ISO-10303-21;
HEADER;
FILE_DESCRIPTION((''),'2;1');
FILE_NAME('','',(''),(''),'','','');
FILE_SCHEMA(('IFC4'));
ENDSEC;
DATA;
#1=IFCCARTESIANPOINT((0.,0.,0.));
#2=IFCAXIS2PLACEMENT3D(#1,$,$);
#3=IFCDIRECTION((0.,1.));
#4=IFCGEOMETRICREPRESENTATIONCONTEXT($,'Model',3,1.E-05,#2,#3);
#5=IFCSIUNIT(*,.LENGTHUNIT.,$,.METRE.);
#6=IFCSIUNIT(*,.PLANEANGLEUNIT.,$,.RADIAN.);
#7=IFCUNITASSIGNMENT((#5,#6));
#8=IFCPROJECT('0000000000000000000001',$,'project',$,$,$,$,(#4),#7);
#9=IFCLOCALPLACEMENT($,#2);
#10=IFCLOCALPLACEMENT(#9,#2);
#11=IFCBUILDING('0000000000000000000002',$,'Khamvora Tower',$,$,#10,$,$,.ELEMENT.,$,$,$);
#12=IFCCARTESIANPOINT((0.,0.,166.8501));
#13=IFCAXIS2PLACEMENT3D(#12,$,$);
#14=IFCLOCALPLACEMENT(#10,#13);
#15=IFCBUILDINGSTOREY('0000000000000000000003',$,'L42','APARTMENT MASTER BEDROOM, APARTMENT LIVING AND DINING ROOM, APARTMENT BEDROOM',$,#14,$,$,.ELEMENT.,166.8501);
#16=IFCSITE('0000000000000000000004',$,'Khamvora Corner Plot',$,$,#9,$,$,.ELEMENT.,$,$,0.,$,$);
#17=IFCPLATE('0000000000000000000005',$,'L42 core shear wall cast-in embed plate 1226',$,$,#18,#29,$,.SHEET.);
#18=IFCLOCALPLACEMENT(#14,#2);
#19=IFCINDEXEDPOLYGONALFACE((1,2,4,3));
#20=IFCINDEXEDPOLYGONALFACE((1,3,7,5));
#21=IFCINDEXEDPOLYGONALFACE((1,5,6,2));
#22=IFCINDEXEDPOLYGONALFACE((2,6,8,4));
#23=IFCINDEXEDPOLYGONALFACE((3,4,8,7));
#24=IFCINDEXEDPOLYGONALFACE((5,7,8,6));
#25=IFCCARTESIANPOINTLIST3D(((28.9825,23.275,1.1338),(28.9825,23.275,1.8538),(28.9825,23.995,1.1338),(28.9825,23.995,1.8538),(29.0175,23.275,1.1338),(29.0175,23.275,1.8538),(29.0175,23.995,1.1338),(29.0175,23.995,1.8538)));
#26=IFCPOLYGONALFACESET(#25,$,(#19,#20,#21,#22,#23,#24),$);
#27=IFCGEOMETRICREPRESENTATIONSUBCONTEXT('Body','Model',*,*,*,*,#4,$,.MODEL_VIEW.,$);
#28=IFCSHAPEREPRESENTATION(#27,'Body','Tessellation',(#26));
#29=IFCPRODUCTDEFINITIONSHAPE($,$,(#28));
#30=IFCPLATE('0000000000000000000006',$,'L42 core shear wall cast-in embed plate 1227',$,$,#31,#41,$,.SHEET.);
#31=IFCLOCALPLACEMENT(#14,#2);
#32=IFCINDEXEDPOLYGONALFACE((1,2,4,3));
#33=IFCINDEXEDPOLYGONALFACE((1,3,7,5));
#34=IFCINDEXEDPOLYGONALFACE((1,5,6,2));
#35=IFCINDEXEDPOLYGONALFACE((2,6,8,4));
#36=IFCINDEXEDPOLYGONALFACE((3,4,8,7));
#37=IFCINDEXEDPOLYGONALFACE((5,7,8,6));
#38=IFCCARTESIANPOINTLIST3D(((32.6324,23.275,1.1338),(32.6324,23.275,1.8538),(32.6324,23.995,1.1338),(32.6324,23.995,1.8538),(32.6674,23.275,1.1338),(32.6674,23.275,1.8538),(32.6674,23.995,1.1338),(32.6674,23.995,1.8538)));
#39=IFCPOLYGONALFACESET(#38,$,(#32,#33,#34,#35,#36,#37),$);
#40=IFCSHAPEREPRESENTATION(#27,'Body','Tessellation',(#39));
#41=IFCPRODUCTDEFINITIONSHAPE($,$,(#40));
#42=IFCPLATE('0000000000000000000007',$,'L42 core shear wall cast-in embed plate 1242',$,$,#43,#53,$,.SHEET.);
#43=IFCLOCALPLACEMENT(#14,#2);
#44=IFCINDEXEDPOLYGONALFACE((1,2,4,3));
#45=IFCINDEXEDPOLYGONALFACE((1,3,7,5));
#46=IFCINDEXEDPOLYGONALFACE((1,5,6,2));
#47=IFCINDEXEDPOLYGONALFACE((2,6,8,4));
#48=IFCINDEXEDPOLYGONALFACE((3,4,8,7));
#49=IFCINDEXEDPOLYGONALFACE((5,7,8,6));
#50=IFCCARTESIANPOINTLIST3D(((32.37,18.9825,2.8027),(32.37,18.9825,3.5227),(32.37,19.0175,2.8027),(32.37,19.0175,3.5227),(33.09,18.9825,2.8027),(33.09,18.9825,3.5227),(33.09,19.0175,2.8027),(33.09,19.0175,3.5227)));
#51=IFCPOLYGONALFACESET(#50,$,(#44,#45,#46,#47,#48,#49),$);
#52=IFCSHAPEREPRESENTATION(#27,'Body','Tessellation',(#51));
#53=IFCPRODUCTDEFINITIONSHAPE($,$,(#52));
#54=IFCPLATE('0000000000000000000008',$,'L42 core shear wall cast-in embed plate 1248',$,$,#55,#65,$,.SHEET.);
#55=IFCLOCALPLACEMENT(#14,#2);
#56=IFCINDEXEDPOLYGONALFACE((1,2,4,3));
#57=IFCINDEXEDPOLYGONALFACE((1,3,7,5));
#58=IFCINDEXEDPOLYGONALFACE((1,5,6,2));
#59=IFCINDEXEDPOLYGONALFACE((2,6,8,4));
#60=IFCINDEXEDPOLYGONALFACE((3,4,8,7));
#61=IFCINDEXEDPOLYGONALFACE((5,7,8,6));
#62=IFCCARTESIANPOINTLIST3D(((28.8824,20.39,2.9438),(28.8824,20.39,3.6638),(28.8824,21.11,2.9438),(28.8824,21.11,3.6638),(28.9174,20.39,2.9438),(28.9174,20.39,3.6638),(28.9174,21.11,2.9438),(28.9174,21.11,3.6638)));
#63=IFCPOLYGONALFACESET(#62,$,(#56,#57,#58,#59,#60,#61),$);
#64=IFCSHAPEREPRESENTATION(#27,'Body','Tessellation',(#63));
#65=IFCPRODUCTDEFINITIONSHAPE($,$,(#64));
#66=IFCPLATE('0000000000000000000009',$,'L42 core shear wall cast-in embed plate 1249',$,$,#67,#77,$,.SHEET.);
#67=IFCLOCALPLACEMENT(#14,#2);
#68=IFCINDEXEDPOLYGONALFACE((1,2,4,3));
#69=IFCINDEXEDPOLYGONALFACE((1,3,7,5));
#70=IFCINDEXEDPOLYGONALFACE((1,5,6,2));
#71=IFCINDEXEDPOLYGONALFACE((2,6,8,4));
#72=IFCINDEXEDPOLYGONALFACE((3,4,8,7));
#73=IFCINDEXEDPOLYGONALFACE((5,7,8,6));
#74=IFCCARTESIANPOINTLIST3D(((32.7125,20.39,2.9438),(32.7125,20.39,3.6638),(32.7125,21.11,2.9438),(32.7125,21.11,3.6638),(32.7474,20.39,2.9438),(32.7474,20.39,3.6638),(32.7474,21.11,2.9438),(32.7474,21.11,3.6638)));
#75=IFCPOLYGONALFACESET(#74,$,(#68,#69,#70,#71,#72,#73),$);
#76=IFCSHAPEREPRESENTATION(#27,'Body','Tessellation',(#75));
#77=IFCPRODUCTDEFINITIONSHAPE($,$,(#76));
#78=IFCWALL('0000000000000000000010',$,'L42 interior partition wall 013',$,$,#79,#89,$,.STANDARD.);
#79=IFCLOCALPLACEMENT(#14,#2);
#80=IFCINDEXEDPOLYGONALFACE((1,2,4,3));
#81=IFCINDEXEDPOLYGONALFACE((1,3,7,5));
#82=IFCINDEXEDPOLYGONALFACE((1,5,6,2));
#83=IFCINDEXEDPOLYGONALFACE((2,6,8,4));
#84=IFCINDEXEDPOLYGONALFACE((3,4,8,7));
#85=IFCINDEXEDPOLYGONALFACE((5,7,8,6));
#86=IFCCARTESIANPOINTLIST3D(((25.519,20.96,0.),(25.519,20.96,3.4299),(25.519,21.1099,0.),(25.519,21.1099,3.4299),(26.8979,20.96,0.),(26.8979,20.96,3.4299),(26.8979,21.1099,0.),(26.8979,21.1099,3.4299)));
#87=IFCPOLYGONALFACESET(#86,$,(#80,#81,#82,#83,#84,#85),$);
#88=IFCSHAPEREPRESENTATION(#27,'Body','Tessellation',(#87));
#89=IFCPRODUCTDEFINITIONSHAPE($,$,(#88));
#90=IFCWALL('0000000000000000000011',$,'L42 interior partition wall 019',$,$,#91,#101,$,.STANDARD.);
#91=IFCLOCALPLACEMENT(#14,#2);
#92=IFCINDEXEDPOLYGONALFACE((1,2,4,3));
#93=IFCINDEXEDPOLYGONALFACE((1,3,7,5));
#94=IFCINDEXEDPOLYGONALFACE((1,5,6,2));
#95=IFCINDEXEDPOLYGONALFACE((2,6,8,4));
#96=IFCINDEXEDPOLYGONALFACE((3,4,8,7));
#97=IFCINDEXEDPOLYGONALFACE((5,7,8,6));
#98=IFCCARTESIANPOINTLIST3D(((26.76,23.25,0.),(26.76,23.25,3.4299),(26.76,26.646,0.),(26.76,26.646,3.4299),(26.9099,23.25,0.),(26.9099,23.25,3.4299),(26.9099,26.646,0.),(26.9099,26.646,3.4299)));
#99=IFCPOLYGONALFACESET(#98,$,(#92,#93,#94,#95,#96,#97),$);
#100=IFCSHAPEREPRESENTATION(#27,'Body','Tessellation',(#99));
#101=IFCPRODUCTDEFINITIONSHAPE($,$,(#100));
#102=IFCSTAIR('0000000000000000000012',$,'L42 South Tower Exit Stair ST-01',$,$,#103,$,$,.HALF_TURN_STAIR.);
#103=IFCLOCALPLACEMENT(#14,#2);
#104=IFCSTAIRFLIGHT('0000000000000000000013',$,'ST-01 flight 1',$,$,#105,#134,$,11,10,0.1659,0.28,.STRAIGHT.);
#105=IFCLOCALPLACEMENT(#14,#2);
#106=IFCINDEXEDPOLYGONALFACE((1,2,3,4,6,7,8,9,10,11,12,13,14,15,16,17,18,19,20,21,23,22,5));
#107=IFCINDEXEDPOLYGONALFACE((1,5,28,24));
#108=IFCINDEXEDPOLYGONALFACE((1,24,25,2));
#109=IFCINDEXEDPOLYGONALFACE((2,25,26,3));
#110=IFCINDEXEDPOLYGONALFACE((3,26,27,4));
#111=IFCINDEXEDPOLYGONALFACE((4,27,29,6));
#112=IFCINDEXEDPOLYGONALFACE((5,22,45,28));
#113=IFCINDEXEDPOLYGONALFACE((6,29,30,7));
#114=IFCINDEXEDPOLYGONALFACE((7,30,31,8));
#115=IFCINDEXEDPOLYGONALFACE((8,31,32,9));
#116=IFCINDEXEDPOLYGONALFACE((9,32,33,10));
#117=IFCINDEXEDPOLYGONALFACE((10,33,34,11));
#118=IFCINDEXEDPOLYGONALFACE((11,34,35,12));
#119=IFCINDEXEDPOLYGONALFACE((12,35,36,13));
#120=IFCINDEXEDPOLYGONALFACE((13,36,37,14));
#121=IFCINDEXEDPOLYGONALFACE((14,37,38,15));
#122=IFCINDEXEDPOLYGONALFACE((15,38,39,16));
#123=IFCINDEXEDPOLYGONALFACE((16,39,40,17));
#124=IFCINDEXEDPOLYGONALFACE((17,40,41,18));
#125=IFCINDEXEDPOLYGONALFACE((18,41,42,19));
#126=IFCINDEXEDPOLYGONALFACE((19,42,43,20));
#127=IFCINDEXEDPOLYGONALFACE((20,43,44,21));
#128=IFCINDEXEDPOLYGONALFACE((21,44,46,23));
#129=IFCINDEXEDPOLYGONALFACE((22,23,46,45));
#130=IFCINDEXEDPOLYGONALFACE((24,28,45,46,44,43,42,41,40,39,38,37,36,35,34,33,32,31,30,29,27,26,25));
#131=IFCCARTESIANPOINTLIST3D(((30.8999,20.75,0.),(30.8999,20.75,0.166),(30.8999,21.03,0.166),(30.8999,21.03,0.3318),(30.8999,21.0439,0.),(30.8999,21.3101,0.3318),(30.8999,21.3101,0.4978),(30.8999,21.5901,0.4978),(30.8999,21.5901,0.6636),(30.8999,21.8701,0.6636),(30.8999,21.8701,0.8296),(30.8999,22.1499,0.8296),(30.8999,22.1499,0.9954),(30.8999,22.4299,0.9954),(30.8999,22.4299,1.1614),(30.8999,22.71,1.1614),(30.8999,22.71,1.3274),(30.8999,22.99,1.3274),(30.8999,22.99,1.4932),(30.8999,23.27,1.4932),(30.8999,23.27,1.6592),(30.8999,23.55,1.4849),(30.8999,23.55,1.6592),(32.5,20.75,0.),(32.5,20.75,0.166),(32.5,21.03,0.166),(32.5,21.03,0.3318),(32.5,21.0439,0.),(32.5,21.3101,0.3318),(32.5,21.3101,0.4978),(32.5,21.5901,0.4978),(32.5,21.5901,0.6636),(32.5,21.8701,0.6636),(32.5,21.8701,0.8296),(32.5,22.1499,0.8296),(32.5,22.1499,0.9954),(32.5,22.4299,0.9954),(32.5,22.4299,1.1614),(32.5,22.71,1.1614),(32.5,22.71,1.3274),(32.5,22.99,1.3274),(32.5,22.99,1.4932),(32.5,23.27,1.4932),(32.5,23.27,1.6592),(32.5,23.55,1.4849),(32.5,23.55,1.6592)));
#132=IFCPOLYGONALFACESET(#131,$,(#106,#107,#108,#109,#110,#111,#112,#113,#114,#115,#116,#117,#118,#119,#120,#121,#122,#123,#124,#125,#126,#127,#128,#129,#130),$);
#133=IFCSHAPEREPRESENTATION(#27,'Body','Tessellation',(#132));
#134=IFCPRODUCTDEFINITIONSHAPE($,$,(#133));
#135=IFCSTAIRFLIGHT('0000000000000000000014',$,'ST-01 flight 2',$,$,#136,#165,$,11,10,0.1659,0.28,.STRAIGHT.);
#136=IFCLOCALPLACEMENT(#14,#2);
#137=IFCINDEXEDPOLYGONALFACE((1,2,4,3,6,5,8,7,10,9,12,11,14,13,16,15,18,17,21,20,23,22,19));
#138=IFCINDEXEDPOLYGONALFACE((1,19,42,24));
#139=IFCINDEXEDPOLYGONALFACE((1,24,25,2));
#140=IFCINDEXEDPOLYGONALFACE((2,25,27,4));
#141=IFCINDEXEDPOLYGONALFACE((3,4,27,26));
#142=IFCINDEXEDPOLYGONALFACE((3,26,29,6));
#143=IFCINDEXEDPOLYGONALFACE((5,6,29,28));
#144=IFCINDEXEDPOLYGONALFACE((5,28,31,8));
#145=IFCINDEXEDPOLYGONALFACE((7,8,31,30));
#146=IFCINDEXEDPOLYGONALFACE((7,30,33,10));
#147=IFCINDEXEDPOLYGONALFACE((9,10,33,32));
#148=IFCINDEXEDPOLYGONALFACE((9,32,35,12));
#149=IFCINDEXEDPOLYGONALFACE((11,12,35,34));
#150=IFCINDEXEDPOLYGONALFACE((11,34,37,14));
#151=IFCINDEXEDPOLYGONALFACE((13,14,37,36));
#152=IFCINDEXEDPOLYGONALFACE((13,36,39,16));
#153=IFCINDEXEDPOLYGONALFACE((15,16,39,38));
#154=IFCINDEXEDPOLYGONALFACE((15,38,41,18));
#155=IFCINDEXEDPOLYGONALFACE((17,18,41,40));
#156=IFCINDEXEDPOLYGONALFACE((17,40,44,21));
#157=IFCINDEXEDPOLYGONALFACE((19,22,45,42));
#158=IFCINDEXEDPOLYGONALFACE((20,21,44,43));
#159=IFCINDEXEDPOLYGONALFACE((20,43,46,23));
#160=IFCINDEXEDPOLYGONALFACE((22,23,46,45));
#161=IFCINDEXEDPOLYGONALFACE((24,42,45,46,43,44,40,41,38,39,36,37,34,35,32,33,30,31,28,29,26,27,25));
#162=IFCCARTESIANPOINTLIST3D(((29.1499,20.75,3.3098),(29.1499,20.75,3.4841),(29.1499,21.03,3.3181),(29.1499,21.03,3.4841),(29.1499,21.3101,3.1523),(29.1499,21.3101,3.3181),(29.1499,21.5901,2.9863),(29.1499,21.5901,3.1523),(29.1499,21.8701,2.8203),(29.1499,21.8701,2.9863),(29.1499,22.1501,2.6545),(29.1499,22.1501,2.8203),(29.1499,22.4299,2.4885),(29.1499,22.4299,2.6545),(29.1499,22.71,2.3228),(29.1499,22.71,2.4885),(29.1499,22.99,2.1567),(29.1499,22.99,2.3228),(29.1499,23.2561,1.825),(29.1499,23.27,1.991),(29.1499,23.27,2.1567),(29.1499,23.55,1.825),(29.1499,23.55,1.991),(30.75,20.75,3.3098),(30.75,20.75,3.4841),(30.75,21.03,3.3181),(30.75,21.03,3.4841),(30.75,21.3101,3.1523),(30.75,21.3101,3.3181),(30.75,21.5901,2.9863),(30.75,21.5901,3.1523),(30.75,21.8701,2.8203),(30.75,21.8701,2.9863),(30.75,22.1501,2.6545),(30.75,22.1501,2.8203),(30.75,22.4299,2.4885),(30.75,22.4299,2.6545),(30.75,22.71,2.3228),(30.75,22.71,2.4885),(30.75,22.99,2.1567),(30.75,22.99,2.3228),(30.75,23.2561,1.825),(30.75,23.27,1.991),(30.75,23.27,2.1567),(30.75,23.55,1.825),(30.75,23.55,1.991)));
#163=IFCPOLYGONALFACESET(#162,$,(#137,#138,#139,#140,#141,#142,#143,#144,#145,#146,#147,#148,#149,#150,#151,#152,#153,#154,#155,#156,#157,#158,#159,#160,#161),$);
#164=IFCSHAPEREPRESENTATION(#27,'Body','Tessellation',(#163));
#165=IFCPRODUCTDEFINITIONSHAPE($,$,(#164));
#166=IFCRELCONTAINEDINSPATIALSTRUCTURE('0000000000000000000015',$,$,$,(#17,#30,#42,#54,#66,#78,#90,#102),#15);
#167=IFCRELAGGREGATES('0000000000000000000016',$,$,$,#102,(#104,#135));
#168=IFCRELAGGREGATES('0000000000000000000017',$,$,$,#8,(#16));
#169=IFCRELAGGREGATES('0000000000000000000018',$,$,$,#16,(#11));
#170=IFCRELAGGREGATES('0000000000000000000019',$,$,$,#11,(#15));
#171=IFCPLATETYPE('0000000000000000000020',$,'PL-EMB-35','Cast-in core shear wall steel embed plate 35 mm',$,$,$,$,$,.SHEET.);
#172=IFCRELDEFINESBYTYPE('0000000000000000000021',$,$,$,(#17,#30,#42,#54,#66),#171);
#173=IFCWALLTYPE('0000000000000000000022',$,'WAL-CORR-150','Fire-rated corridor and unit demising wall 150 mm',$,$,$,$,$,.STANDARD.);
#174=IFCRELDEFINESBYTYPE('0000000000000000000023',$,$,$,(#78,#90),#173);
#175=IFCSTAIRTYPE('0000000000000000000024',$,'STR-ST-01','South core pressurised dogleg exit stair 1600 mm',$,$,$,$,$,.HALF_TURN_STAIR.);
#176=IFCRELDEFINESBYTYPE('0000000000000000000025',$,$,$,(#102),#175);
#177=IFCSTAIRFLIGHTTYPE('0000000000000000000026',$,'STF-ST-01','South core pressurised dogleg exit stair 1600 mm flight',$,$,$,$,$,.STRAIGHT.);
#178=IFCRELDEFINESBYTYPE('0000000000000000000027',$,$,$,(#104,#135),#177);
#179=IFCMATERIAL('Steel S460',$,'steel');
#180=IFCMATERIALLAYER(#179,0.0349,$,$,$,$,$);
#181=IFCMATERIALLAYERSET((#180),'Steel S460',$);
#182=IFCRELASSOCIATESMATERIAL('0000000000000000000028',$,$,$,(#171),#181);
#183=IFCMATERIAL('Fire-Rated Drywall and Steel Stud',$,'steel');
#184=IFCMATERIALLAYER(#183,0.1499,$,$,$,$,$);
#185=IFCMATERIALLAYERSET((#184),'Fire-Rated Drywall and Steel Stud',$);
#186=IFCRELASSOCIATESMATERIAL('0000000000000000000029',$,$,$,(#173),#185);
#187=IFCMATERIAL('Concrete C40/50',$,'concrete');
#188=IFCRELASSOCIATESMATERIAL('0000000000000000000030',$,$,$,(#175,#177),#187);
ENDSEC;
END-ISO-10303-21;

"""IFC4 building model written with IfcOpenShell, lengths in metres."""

from ifc_helpers import new_model, si_unit, direction, frame, frame_2d, origin, origin_2d, place, context, subcontext, project, spatial, polyline, rectangle, outline, extrude, material, layer, layer_set, type_object, element, aggregate, save


model = new_model("IFC4")

# Units and contexts
model_context = context("Model", 3, precision=1e-05, world=origin(), true_north=direction((0.0, 1.0)))
body_context = subcontext(model_context, "Body", "Model", "MODEL_VIEW")
ifc_project = project(units=[si_unit("LENGTHUNIT", "METRE"), si_unit("PLANEANGLEUNIT", "RADIAN")], contexts=[model_context])

# Site, building, storey
site_placement = place(None, origin())
site = spatial("IfcSite", under=ifc_project, at=site_placement, Name="Khamvora Corner Plot", CompositionType="ELEMENT", RefElevation=0.0)
building_placement = place(site_placement, origin())
building = spatial("IfcBuilding", under=site, at=building_placement, Name="Khamvora Tower", CompositionType="ELEMENT")
storey_placement = place(building_placement, frame((0.0, 0.0, 166.8501)))
storey = spatial("IfcBuildingStorey", under=building, at=storey_placement, Name="L42", Description="APARTMENT MASTER BEDROOM, APARTMENT LIVING AND DINING ROOM, APARTMENT BEDROOM", CompositionType="ELEMENT", Elevation=166.8501)

# Plates
ifc_material_1 = material(Name="Steel S460", Category="steel")
ifc_layer_1 = layer(ifc_material_1, 0.0349)
ifc_layer_set_1 = layer_set([ifc_layer_1], Name="Steel S460")
plate_type = type_object("IfcPlateType", Name="PL-EMB-35", Description="Cast-in core shear wall steel embed plate 35 mm", PredefinedType="SHEET", material=ifc_layer_set_1)
for number, where, z_axis, x_axis, name in (
    (1, (29.0, 23.635, 1.1338), (0.0, 0.0, 1.0), (1.0, 0.0, 0.0), "L42 core shear wall cast-in embed plate 1226"),
    (2, (32.6499, 23.635, 1.1338), (0.0, 0.0, 1.0), (1.0, 0.0, 0.0), "L42 core shear wall cast-in embed plate 1227"),
):
    element("IfcPlate", number, at=place(storey_placement, frame(where, z_axis=z_axis, x_axis=x_axis)), inside=storey, type_object=plate_type, Name=name, PredefinedType="SHEET", context=body_context, shape_type="SweptSolid", body=[
        extrude(rectangle(XDim=0.0349, YDim=0.72, at=origin_2d()), origin(), (0.0, 0.0, 1.0), 0.72),
    ])
plate_placement = place(storey_placement, frame((32.73, 19.0, 2.8027), z_axis=(0.0, 0.0, 1.0), x_axis=(1.0, 0.0, 0.0)))
element("IfcPlate", 3, at=plate_placement, inside=storey, type_object=plate_type, Name="L42 core shear wall cast-in embed plate 1242", PredefinedType="SHEET", context=body_context, shape_type="SweptSolid", body=[
    extrude(rectangle(XDim=0.72, YDim=0.0349, at=origin_2d()), origin(), (0.0, 0.0, 1.0), 0.72),
])
for number, where, z_axis, x_axis, name in (
    (4, (28.8999, 20.75, 2.9438), (0.0, 0.0, 1.0), (1.0, 0.0, 0.0), "L42 core shear wall cast-in embed plate 1248"),
    (5, (32.73, 20.75, 2.9438), (0.0, 0.0, 1.0), (1.0, 0.0, 0.0), "L42 core shear wall cast-in embed plate 1249"),
):
    element("IfcPlate", number, at=place(storey_placement, frame(where, z_axis=z_axis, x_axis=x_axis)), inside=storey, type_object=plate_type, Name=name, PredefinedType="SHEET", context=body_context, shape_type="SweptSolid", body=[
        extrude(rectangle(XDim=0.0349, YDim=0.72, at=origin_2d()), origin(), (0.0, 0.0, 1.0), 0.72),
    ])

# Shared definitions
ifc_material_2 = material(Name="Fire-Rated Drywall and Steel Stud", Category="steel")
ifc_layer_2 = layer(ifc_material_2, 0.1499)
ifc_layer_set_2 = layer_set([ifc_layer_2], Name="Fire-Rated Drywall and Steel Stud")
wall_type_1 = type_object("IfcWallType", Name="WAL-CORR-150", Description="Fire-rated corridor and unit demising wall 150 mm", PredefinedType="STANDARD", material=ifc_layer_set_2)

# Walls
wall_1_placement = place(storey_placement, frame((26.8979, 21.0349, 0.0), z_axis=(0.0, 0.0, 1.0), x_axis=(-1.0, 0.0, 0.0)))
element("IfcWall", 6, at=wall_1_placement, inside=storey, type_object=wall_type_1, Name="L42 interior partition wall 013", PredefinedType="STANDARD", context=body_context, shape_type="SweptSolid", body=[
    extrude(rectangle(XDim=1.3789, YDim=0.1499, at=frame_2d((0.6895, 0.0))), origin(), (0.0, 0.0, 1.0), 3.4299),
])
wall_2_placement = place(storey_placement, frame((26.835, 23.25, 0.0), z_axis=(0.0, 0.0, 1.0), x_axis=(0.0, 1.0, 0.0)))
element("IfcWall", 7, at=wall_2_placement, inside=storey, type_object=wall_type_1, Name="L42 interior partition wall 019", PredefinedType="STANDARD", context=body_context, shape_type="SweptSolid", body=[
    extrude(rectangle(XDim=3.396, YDim=0.1499, at=frame_2d((1.698, 0.0))), origin(), (0.0, 0.0, 1.0), 3.4299),
])

# Stair, stair flights
ifc_material_3 = material(Name="Concrete C40/50", Category="concrete")
stair_type = type_object("IfcStairType", Name="STR-ST-01", Description="South core pressurised dogleg exit stair 1600 mm", PredefinedType="HALF_TURN_STAIR", material=ifc_material_3)
stair_placement = place(storey_placement, origin())
stair = element("IfcStair", 8, at=stair_placement, inside=storey, type_object=stair_type, Name="L42 South Tower Exit Stair ST-01", PredefinedType="HALF_TURN_STAIR")
stair_flight_type = type_object("IfcStairFlightType", Name="STF-ST-01", Description="South core pressurised dogleg exit stair 1600 mm flight", PredefinedType="STRAIGHT", material=ifc_material_3)
stair_flight_1_placement = place(storey_placement, frame((31.7, 20.75, 0.0), z_axis=(0.0, 0.0, 1.0), x_axis=(0.0, 1.0, 0.0)))
stair_flight_1 = element("IfcStairFlight", 9, at=stair_flight_1_placement, type_object=stair_flight_type, Name="ST-01 flight 1", NumberOfRisers=11, NumberOfTreads=10, PredefinedType="STRAIGHT", RiserHeight=0.1659, TreadLength=0.28, context=body_context, shape_type="SweptSolid", body=[
    extrude(outline(polyline([(0.0, 0.0), (0.0, 0.166), (0.28, 0.166), (0.28, 0.3318), (0.5601, 0.3318), (0.5601, 0.4978), (0.8401, 0.4978), (0.8401, 0.6636), (1.1201, 0.6636), (1.1201, 0.8296), (1.3999, 0.8296), (1.3999, 0.9954), (1.6799, 0.9954), (1.6799, 1.1614), (1.96, 1.1614), (1.96, 1.3274), (2.24, 1.3274), (2.24, 1.4932), (2.52, 1.4932), (2.52, 1.6592), (2.8, 1.6592), (2.8, 1.825), (2.8, 1.4849), (0.2939, 0.0), (0.0, 0.0)])), frame((0.0, 0.8, 0.0), z_axis=(0.0, -1.0, 0.0), x_axis=(1.0, 0.0, 0.0)), (0.0, 0.0, 1.0), 1.6001),
])
stair_flight_2_placement = place(storey_placement, frame((29.95, 23.55, 1.825), z_axis=(0.0, 0.0, 1.0), x_axis=(0.0, -1.0, 0.0)))
stair_flight_2 = element("IfcStairFlight", 10, at=stair_flight_2_placement, type_object=stair_flight_type, Name="ST-01 flight 2", NumberOfRisers=11, NumberOfTreads=10, PredefinedType="STRAIGHT", RiserHeight=0.1659, TreadLength=0.28, context=body_context, shape_type="SweptSolid", body=[
    extrude(outline(polyline([(0.0, 0.0), (0.0, 0.166), (0.28, 0.166), (0.28, 0.3318), (0.5601, 0.3318), (0.5601, 0.4978), (0.8401, 0.4978), (0.8401, 0.6636), (1.1201, 0.6636), (1.1201, 0.8296), (1.3999, 0.8296), (1.3999, 0.9954), (1.6799, 0.9954), (1.6799, 1.1614), (1.96, 1.1614), (1.96, 1.3274), (2.24, 1.3274), (2.24, 1.4932), (2.52, 1.4932), (2.52, 1.6592), (2.8, 1.6592), (2.8, 1.825), (2.8, 1.4849), (0.2939, 0.0), (0.0, 0.0)])), frame((0.0, 0.8, 0.0), z_axis=(0.0, -1.0, 0.0), x_axis=(1.0, 0.0, 0.0)), (0.0, 0.0, 1.0), 1.6001),
])
aggregate(stair, [stair_flight_1, stair_flight_2])

save(model, "model.ifc")
